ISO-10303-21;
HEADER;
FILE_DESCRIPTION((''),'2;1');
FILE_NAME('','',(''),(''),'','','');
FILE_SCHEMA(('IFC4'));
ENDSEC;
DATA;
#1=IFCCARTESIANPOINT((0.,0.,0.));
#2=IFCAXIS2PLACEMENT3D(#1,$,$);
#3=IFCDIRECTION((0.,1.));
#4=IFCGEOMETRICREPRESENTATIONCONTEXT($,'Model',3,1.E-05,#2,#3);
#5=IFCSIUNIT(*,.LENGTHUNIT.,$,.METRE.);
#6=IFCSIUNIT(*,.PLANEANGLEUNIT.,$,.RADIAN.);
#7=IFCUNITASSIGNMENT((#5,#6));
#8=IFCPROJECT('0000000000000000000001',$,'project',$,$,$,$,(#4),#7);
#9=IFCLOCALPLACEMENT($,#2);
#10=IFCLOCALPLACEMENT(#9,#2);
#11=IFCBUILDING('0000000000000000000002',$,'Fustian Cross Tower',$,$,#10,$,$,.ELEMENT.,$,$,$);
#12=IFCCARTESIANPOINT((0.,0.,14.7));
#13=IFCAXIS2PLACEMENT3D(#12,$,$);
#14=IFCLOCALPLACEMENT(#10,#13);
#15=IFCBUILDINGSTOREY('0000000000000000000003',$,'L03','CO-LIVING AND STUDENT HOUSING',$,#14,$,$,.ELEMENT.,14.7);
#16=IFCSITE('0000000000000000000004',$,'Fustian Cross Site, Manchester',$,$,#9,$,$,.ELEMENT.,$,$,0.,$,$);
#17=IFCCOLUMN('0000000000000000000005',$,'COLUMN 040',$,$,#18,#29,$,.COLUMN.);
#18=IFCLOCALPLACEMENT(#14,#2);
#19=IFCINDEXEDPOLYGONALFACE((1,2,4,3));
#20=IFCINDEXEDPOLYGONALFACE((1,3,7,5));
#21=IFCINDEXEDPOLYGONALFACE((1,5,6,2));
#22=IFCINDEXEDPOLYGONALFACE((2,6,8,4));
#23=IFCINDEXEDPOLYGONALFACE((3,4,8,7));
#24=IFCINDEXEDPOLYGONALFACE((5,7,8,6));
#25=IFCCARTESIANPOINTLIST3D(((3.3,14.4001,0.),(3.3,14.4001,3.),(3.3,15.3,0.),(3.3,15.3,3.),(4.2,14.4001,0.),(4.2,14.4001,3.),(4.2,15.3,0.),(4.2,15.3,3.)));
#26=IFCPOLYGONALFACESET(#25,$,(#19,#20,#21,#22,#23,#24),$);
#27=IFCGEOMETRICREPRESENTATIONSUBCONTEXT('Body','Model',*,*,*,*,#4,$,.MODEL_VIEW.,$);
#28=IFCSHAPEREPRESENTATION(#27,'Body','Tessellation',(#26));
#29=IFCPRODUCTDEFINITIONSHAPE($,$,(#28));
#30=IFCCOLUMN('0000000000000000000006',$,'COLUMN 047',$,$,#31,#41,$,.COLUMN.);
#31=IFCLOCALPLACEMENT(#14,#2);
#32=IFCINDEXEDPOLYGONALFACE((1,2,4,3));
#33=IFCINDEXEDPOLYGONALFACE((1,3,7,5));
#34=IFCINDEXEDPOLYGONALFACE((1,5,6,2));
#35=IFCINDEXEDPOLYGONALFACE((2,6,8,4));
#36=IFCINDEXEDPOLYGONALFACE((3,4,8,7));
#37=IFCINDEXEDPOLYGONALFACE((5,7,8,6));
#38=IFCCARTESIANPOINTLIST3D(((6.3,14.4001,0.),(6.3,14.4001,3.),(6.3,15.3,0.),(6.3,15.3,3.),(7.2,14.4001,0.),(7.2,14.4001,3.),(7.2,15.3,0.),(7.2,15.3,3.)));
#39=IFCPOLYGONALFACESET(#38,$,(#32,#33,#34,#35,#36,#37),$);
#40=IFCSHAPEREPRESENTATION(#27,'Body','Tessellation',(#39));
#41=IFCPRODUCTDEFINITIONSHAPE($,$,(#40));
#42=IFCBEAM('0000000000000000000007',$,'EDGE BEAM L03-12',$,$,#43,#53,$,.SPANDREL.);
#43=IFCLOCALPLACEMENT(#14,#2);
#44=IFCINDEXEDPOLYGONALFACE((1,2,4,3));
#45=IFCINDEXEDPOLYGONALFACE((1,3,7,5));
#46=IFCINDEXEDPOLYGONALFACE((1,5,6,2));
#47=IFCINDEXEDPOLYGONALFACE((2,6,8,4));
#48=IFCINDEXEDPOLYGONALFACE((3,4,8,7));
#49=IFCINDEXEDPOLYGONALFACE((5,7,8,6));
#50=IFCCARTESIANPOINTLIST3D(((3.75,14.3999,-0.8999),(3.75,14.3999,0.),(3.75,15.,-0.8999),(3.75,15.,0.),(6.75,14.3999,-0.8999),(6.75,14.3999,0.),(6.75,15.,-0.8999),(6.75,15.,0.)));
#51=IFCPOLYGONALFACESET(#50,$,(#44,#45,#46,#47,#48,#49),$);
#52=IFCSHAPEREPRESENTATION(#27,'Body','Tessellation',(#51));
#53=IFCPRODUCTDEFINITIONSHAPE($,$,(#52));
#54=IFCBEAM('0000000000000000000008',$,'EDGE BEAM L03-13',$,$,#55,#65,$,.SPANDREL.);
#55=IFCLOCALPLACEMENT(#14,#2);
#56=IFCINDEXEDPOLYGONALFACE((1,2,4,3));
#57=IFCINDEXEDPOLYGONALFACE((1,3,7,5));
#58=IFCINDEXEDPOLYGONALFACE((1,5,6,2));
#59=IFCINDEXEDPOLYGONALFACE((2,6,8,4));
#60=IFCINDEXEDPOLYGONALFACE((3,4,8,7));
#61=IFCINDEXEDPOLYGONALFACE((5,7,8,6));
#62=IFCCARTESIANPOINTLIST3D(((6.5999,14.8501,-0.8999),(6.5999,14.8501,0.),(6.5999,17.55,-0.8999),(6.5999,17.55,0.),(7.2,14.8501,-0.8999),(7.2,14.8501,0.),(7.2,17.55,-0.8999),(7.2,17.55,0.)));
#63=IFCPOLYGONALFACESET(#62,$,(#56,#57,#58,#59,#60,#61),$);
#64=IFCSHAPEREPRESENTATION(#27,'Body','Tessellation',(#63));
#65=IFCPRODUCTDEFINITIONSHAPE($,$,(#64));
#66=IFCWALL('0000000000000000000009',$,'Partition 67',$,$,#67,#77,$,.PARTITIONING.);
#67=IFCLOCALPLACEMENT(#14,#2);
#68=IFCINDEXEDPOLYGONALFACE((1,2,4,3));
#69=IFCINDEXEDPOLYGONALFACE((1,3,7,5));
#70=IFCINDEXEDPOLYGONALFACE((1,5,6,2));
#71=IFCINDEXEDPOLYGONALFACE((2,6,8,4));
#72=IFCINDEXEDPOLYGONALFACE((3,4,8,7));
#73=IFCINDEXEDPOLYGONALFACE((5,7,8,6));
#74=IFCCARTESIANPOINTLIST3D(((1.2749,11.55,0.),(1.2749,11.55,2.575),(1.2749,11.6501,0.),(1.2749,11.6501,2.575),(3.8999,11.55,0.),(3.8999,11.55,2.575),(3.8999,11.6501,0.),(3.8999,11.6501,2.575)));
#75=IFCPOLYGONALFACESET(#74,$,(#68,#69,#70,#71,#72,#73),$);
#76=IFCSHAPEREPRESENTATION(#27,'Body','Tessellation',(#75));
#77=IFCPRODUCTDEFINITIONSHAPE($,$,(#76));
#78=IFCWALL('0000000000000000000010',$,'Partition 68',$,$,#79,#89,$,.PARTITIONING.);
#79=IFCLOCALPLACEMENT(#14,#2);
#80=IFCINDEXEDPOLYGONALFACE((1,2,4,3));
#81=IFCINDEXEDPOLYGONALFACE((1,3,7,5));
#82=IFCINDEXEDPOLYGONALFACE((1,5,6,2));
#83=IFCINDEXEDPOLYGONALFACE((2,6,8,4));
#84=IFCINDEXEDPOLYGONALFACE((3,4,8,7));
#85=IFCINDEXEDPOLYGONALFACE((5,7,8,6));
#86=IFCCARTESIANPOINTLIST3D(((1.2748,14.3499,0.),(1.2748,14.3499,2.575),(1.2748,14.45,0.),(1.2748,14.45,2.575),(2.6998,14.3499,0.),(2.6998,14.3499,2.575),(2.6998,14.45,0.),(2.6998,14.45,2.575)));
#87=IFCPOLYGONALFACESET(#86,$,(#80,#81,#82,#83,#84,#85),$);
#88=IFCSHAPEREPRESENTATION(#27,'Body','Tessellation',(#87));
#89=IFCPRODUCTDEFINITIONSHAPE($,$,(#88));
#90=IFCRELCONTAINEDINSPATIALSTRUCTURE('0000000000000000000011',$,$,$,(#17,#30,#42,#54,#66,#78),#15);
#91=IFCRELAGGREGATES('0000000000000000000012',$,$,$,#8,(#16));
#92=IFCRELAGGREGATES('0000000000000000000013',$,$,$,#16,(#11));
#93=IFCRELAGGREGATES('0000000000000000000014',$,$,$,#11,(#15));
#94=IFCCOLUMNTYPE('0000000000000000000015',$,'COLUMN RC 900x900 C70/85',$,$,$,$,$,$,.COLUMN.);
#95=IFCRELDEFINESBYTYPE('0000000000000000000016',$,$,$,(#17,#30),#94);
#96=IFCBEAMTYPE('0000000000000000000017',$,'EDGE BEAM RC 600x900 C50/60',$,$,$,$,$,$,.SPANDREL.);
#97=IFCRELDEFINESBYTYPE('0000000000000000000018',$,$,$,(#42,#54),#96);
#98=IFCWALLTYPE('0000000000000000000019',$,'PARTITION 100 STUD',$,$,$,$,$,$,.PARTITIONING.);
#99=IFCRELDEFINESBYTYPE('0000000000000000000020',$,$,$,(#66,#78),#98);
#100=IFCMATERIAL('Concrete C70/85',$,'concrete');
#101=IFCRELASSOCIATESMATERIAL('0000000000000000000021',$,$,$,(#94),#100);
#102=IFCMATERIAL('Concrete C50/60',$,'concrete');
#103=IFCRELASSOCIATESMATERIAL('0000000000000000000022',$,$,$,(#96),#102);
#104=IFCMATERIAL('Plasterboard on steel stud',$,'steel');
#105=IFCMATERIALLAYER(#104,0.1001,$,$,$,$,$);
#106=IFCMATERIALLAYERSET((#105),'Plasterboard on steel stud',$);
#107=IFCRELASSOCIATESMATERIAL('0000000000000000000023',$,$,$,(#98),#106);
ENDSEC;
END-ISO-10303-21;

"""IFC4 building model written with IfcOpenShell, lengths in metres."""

from ifc_helpers import new_model, si_unit, direction, frame, frame_2d, origin, origin_2d, place, context, subcontext, project, spatial, rectangle, extrude, material, layer, layer_set, material_profile, profile_set, type_object, element, save


model = new_model("IFC4")

# Units and contexts
model_context = context("Model", 3, precision=1e-05, world=origin(), true_north=direction((0.0, 1.0)))
body_context = subcontext(model_context, "Body", "Model", "MODEL_VIEW")
ifc_project = project(units=[si_unit("LENGTHUNIT", "METRE"), si_unit("PLANEANGLEUNIT", "RADIAN")], contexts=[model_context])

# Site, building, storey
site_placement = place(None, origin())
site = spatial("IfcSite", under=ifc_project, at=site_placement, Name="Fustian Cross Site, Manchester", CompositionType="ELEMENT", RefElevation=0.0)
building_placement = place(site_placement, origin())
building = spatial("IfcBuilding", under=site, at=building_placement, Name="Fustian Cross Tower", CompositionType="ELEMENT")
storey_placement = place(building_placement, frame((0.0, 0.0, 14.7)))
storey = spatial("IfcBuildingStorey", under=building, at=storey_placement, Name="L03", Description="CO-LIVING AND STUDENT HOUSING", CompositionType="ELEMENT", Elevation=14.7)

# Columns
ifc_material_1 = material(Name="Concrete C70/85", Category="concrete")
ifc_material_profile_1 = material_profile(ifc_material_1, rectangle(XDim=0.8999, YDim=0.8999, at=origin_2d()), Name="RC 900x900")
ifc_profile_set_1 = profile_set([ifc_material_profile_1], Name="Concrete C70/85")
column_type = type_object("IfcColumnType", Name="COLUMN RC 900x900 C70/85", PredefinedType="COLUMN", material=ifc_profile_set_1)
for number, where, z_axis, x_axis, name in (
    (1, (3.75, 14.8501, 0.0), (0.0, 0.0, 1.0), (1.0, 0.0, 0.0), "COLUMN 040"),
    (2, (6.75, 14.8501, 0.0), (0.0, 0.0, 1.0), (1.0, 0.0, 0.0), "COLUMN 047"),
):
    element("IfcColumn", number, at=place(storey_placement, frame(where, z_axis=z_axis, x_axis=x_axis)), inside=storey, type_object=column_type, Name=name, PredefinedType="COLUMN", context=body_context, shape_type="SweptSolid", body=[
        extrude(rectangle(XDim=0.8999, YDim=0.8999, at=origin_2d()), origin(), (0.0, 0.0, 1.0), 3.0),
    ])

# Beams
ifc_material_2 = material(Name="Concrete C50/60", Category="concrete")
ifc_material_profile_2 = material_profile(ifc_material_2, rectangle(XDim=0.6001, YDim=0.8999, at=origin_2d()), Name="RC 600x900")
ifc_profile_set_2 = profile_set([ifc_material_profile_2], Name="Concrete C50/60")
beam_type = type_object("IfcBeamType", Name="EDGE BEAM RC 600x900 C50/60", PredefinedType="SPANDREL", material=ifc_profile_set_2)
beam_1_placement = place(storey_placement, frame((3.75, 14.7, -0.45), z_axis=(1.0, 0.0, 0.0), x_axis=(0.0, 1.0, 0.0)))
element("IfcBeam", 3, at=beam_1_placement, inside=storey, type_object=beam_type, Name="EDGE BEAM L03-12", PredefinedType="SPANDREL", context=body_context, shape_type="SweptSolid", body=[
    extrude(rectangle(XDim=0.6001, YDim=0.8999, at=origin_2d()), origin(), (0.0, 0.0, 1.0), 3.0),
])
beam_2_placement = place(storey_placement, frame((6.8999, 14.8501, -0.45), z_axis=(0.0, 1.0, 0.0), x_axis=(-1.0, 0.0, 0.0)))
element("IfcBeam", 4, at=beam_2_placement, inside=storey, type_object=beam_type, Name="EDGE BEAM L03-13", PredefinedType="SPANDREL", context=body_context, shape_type="SweptSolid", body=[
    extrude(rectangle(XDim=0.6001, YDim=0.8999, at=origin_2d()), origin(), (0.0, 0.0, 1.0), 2.7),
])

# Walls
ifc_material_3 = material(Name="Plasterboard on steel stud", Category="steel")
ifc_layer_1 = layer(ifc_material_3, 0.1001)
ifc_layer_set_1 = layer_set([ifc_layer_1], Name="Plasterboard on steel stud")
wall_type_1 = type_object("IfcWallType", Name="PARTITION 100 STUD", PredefinedType="PARTITIONING", material=ifc_layer_set_1)
wall_1_placement = place(storey_placement, frame((1.2749, 11.6001, 0.0), z_axis=(0.0, 0.0, 1.0), x_axis=(1.0, 0.0, 0.0)))
element("IfcWall", 5, at=wall_1_placement, inside=storey, type_object=wall_type_1, Name="Partition 67", PredefinedType="PARTITIONING", context=body_context, shape_type="SweptSolid", body=[
    extrude(rectangle(XDim=2.625, YDim=0.1001, at=frame_2d((1.3125, 0.0))), origin(), (0.0, 0.0, 1.0), 2.575),
])
wall_2_placement = place(storey_placement, frame((1.2749, 14.3999, 0.0), z_axis=(0.0, 0.0, 1.0), x_axis=(1.0, 0.0, 0.0)))
element("IfcWall", 6, at=wall_2_placement, inside=storey, type_object=wall_type_1, Name="Partition 68", PredefinedType="PARTITIONING", context=body_context, shape_type="SweptSolid", body=[
    extrude(rectangle(XDim=1.425, YDim=0.1001, at=frame_2d((0.7124, 0.0))), origin(), (0.0, 0.0, 1.0), 2.575),
])

save(model, "model.ifc")
